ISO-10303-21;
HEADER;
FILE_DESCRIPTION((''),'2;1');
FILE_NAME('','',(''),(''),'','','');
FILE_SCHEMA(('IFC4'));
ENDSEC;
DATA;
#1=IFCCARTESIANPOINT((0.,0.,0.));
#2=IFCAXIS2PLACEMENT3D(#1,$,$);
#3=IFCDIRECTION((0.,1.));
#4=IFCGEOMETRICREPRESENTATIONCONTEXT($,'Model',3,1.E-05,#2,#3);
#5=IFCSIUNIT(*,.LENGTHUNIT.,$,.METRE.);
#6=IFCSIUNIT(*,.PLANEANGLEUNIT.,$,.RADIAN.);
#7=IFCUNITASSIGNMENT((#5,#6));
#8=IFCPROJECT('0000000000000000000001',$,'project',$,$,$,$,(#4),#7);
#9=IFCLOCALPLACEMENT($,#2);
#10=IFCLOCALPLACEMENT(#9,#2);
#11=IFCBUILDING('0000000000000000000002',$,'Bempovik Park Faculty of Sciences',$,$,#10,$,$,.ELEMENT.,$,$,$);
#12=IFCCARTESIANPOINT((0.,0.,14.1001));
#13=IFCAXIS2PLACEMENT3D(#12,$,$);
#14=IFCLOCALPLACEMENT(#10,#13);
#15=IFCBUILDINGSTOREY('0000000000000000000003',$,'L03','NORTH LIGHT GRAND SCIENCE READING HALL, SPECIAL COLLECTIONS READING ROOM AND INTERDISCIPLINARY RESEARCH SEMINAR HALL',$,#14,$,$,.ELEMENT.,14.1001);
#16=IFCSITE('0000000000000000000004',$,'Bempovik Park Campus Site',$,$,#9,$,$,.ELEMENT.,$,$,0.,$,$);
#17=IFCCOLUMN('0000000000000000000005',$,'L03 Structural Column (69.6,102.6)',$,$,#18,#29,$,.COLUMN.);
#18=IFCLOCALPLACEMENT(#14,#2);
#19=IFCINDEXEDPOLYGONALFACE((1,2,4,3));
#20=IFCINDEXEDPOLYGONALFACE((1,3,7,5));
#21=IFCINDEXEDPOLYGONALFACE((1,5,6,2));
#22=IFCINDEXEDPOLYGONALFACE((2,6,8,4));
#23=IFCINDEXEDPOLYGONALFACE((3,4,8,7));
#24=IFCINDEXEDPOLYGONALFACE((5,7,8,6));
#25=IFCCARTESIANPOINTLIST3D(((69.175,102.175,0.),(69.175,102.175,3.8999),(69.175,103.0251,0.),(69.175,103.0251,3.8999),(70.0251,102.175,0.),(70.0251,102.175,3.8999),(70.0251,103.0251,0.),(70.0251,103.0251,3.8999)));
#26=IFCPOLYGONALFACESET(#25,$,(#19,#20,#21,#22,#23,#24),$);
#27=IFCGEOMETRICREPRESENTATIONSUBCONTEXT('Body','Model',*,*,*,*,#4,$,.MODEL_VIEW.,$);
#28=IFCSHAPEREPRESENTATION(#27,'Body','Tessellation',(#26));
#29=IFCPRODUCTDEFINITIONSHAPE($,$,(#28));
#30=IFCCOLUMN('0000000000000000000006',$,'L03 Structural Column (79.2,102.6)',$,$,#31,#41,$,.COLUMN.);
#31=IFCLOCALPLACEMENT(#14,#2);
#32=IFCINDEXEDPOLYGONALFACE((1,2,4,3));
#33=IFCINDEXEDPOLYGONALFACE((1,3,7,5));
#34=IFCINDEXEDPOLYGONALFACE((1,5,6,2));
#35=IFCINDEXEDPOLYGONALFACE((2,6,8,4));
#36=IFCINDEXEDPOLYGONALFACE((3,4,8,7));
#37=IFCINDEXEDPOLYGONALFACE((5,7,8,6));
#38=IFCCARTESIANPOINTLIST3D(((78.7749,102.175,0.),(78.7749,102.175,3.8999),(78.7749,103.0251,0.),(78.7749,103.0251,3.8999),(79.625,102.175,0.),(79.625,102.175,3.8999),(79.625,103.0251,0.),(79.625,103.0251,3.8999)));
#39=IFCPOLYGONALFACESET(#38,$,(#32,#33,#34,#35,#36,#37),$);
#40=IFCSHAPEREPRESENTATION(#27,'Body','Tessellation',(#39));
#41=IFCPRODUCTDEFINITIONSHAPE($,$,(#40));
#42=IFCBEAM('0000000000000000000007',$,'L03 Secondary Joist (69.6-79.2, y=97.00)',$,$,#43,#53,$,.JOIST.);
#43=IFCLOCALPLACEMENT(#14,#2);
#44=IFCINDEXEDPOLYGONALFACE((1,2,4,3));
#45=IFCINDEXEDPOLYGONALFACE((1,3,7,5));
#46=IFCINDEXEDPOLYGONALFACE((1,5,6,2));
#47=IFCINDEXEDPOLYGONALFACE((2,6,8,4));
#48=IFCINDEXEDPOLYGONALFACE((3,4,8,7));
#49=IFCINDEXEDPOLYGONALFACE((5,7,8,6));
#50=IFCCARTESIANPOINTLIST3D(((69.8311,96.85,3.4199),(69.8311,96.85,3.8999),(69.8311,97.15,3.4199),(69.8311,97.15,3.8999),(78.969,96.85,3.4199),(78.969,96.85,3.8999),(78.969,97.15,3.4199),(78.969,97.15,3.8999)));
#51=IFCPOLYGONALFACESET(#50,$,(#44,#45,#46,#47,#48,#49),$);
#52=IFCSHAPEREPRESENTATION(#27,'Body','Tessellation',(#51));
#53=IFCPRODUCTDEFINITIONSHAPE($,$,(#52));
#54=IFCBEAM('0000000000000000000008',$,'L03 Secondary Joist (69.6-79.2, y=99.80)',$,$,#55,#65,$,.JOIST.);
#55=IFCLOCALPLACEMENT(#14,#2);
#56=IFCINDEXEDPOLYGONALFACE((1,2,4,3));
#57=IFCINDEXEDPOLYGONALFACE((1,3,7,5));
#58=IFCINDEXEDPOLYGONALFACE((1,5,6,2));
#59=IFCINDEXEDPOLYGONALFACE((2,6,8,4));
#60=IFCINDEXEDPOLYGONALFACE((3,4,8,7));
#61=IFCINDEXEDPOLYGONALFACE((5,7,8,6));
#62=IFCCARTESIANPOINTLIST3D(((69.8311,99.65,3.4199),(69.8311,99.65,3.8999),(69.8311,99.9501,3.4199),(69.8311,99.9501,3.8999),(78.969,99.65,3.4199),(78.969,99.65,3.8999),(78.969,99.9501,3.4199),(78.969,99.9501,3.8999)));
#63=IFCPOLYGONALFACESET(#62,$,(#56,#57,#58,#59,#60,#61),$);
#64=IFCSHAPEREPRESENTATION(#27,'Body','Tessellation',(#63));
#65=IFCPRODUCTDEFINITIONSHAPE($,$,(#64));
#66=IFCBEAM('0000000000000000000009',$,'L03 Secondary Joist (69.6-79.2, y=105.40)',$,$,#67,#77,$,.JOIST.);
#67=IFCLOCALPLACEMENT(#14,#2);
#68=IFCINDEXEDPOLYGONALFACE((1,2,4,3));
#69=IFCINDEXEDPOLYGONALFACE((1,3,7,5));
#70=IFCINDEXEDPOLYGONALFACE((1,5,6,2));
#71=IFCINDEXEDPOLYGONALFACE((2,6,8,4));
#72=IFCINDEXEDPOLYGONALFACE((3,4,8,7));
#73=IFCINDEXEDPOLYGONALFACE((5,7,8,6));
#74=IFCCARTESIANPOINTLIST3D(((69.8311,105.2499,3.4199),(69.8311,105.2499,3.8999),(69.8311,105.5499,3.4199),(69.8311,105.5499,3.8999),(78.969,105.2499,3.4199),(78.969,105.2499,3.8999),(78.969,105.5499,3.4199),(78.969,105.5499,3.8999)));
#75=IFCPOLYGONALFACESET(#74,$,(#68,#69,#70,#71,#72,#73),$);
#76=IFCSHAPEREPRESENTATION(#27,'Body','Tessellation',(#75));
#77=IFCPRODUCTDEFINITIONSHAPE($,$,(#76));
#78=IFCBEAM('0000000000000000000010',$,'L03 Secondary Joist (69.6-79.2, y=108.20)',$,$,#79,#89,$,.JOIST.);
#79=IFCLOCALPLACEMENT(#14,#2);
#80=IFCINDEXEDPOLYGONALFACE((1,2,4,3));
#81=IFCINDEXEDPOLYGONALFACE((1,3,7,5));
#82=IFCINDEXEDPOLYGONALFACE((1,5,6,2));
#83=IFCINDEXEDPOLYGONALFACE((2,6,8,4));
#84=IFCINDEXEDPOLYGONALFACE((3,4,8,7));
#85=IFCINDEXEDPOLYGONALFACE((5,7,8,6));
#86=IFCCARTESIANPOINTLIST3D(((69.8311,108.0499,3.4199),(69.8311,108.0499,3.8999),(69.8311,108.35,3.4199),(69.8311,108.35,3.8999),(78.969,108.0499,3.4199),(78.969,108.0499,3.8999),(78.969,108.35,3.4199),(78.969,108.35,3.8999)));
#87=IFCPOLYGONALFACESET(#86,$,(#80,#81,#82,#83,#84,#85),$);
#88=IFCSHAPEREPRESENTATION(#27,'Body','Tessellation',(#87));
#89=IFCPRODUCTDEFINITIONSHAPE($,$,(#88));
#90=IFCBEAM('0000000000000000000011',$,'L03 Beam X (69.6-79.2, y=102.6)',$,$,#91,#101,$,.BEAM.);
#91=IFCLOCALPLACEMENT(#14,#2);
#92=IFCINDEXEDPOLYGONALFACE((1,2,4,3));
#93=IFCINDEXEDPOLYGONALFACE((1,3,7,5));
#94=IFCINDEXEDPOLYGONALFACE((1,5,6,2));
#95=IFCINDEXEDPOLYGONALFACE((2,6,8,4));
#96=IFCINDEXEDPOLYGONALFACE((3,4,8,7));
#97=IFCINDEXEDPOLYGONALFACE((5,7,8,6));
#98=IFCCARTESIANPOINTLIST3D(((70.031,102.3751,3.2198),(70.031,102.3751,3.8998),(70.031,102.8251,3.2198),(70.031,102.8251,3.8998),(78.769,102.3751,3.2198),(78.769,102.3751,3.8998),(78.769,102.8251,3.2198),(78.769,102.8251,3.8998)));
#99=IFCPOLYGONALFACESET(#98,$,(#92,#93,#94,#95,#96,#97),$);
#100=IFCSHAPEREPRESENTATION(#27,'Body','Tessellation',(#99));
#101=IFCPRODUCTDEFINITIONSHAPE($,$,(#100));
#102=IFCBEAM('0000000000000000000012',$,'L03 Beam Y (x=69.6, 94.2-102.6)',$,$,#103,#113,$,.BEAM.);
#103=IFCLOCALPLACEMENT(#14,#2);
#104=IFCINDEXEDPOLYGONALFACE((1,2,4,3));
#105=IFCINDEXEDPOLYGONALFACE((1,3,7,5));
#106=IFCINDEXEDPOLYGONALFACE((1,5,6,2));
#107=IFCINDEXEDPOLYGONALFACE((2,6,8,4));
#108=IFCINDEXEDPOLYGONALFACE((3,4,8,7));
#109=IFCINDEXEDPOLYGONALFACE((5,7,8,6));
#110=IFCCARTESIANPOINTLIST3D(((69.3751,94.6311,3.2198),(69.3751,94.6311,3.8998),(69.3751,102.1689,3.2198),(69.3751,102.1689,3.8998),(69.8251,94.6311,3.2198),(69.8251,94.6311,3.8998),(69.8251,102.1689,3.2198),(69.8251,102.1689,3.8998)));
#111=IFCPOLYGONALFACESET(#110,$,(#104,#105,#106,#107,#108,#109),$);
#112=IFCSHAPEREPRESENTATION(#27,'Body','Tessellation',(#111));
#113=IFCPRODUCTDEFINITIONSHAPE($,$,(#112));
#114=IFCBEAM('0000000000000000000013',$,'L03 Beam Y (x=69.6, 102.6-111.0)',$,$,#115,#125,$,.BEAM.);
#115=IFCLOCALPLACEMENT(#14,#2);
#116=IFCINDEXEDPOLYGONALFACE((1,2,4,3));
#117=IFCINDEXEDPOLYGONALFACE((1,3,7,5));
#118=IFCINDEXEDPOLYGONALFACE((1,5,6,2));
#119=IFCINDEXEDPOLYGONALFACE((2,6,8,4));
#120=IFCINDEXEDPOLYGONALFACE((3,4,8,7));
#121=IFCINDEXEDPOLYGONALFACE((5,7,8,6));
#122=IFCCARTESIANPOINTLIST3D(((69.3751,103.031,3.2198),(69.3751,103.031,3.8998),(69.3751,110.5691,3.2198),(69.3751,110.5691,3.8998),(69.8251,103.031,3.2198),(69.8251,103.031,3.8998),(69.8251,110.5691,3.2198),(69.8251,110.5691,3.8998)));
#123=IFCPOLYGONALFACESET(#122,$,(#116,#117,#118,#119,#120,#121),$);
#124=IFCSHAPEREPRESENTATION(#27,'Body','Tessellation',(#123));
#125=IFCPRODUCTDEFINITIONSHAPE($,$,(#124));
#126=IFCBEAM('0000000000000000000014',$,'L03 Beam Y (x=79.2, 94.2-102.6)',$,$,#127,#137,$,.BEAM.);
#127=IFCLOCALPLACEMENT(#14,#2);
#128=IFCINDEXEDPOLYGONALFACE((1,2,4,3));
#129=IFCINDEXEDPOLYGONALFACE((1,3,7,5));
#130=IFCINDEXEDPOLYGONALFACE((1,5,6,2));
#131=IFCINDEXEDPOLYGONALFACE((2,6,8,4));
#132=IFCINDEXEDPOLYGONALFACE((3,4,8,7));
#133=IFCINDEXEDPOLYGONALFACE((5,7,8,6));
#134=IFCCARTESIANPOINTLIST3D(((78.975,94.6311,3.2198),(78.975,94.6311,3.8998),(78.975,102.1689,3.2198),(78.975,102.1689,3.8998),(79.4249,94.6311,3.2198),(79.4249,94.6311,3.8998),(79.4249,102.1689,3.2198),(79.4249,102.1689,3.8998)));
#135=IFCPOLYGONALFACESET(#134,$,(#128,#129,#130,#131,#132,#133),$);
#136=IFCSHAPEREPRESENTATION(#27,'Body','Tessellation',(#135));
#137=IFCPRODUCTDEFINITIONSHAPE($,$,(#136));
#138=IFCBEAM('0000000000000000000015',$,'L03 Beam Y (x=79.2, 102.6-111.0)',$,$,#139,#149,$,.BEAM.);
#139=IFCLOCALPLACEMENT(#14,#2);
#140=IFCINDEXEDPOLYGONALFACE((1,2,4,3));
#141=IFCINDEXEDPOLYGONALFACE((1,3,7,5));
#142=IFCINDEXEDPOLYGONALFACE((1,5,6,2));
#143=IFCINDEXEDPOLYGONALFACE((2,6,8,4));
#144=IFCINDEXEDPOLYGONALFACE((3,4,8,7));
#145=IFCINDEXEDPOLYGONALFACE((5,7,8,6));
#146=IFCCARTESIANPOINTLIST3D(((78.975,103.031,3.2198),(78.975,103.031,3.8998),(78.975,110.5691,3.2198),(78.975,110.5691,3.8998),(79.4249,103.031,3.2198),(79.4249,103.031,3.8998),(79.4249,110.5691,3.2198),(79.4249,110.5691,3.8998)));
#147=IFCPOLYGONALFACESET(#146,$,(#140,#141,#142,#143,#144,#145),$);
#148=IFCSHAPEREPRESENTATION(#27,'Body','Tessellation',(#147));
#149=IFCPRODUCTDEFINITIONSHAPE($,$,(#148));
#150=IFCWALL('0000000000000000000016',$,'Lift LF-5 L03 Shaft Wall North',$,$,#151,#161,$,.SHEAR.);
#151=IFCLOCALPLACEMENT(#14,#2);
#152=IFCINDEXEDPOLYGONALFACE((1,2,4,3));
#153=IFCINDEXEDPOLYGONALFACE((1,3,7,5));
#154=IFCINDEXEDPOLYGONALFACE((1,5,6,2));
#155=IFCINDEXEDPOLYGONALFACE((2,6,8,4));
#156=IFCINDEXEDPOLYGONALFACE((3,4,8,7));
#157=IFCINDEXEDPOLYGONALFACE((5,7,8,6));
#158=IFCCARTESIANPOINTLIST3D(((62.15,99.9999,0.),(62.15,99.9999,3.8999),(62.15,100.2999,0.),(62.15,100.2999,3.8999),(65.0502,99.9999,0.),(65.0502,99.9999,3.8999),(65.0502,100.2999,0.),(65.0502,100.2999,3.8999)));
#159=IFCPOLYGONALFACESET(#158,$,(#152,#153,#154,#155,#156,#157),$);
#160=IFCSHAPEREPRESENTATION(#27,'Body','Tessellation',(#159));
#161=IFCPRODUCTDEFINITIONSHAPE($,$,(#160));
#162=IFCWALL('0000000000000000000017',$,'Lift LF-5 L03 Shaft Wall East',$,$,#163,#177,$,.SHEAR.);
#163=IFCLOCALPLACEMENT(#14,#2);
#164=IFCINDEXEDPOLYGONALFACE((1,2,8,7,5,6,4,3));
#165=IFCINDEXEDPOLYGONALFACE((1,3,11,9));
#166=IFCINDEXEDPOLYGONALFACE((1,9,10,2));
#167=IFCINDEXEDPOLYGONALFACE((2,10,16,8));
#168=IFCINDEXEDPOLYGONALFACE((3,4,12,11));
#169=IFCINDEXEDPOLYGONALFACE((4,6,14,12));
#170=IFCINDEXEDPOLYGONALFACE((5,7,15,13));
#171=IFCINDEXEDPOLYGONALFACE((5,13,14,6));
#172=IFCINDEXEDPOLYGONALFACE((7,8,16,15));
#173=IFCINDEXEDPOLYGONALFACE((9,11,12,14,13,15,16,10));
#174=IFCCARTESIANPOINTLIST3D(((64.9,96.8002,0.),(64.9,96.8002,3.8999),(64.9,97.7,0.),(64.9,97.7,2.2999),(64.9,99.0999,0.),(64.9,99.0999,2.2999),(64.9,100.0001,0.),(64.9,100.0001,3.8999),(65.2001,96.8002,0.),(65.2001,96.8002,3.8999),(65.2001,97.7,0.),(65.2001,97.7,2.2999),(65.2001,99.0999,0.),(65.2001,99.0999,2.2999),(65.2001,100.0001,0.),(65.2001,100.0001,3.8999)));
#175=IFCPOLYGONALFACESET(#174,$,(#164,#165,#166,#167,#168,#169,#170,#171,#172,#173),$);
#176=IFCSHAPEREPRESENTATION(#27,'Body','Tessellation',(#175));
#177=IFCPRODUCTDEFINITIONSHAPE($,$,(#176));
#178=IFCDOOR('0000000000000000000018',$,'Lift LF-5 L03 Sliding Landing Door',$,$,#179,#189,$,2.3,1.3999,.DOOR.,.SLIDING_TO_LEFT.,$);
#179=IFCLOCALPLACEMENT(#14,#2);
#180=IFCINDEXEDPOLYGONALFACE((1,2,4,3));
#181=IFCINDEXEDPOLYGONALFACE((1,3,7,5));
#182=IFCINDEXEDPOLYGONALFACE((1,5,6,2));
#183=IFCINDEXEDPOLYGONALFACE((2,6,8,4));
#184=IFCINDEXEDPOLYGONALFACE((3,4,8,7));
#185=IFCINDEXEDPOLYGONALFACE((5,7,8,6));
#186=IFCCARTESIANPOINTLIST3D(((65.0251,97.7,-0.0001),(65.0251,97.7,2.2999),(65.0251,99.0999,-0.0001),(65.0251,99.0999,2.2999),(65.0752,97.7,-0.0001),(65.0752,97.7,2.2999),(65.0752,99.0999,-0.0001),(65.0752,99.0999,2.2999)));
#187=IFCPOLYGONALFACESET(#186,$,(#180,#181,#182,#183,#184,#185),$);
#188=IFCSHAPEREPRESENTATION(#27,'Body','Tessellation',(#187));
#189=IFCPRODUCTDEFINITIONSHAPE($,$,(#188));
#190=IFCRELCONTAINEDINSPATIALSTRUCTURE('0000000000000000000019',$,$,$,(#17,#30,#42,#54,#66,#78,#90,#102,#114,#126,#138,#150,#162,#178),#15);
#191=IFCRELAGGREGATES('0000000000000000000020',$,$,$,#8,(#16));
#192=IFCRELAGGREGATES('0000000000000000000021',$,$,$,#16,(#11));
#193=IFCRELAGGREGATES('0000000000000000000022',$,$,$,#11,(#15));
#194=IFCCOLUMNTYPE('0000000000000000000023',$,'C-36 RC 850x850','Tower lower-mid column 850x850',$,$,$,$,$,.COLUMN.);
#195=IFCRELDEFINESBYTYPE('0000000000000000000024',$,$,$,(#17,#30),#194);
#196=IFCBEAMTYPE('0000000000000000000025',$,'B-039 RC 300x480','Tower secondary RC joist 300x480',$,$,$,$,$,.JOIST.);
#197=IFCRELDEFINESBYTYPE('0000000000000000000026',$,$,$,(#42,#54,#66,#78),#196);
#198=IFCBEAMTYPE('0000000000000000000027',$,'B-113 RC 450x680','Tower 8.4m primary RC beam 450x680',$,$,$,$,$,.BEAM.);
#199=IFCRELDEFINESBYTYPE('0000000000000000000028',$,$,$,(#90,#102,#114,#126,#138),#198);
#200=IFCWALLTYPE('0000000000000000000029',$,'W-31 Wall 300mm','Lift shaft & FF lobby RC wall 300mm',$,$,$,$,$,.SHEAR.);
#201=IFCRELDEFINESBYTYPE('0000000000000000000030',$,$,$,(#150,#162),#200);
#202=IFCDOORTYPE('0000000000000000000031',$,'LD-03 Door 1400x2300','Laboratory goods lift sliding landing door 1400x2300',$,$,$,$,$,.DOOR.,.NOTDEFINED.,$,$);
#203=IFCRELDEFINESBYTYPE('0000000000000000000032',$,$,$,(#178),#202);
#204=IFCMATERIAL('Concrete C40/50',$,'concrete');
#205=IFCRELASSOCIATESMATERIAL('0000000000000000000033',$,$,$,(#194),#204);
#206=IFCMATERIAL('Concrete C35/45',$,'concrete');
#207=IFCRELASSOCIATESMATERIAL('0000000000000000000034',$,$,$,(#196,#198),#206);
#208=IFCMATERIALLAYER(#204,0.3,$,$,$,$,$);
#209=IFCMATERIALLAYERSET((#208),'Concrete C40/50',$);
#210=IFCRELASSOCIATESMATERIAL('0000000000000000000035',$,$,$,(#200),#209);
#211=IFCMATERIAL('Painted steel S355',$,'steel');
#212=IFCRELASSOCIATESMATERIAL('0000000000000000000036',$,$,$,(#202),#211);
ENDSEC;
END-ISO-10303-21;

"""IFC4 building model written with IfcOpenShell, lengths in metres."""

from ifc_helpers import new_model, si_unit, direction, frame, frame_2d, origin, origin_2d, place, context, subcontext, project, spatial, rectangle, extrude, material, layer, layer_set, material_profile, profile_set, type_object, element, fill, save


model = new_model("IFC4")

# Units and contexts
model_context = context("Model", 3, precision=1e-05, world=origin(), true_north=direction((0.0, 1.0)))
body_context = subcontext(model_context, "Body", "Model", "MODEL_VIEW")
ifc_project = project(units=[si_unit("LENGTHUNIT", "METRE"), si_unit("PLANEANGLEUNIT", "RADIAN")], contexts=[model_context])

# Site, building, storey
site_placement = place(None, origin())
site = spatial("IfcSite", under=ifc_project, at=site_placement, Name="Bempovik Park Campus Site", CompositionType="ELEMENT", RefElevation=0.0)
building_placement = place(site_placement, origin())
building = spatial("IfcBuilding", under=site, at=building_placement, Name="Bempovik Park Faculty of Sciences", CompositionType="ELEMENT")
storey_placement = place(building_placement, frame((0.0, 0.0, 14.1001)))
storey = spatial("IfcBuildingStorey", under=building, at=storey_placement, Name="L03", Description="NORTH LIGHT GRAND SCIENCE READING HALL, SPECIAL COLLECTIONS READING ROOM AND INTERDISCIPLINARY RESEARCH SEMINAR HALL", CompositionType="ELEMENT", Elevation=14.1001)

# Columns
ifc_material_1 = material(Name="Concrete C40/50", Category="concrete")
ifc_material_profile_1 = material_profile(ifc_material_1, rectangle(XDim=0.8501, YDim=0.8501, at=origin_2d()), Name="RC 850x850")
ifc_profile_set_1 = profile_set([ifc_material_profile_1], Name="Concrete C40/50")
column_type = type_object("IfcColumnType", Name="C-36 RC 850x850", Description="Tower lower-mid column 850x850", PredefinedType="COLUMN", material=ifc_profile_set_1)
for number, where, z_axis, x_axis, name in (
    (1, (69.6001, 102.6001, 0.0), (0.0, 0.0, 1.0), (1.0, 0.0, 0.0), "L03 Structural Column (69.6,102.6)"),
    (2, (79.2, 102.6001, 0.0), (0.0, 0.0, 1.0), (1.0, 0.0, 0.0), "L03 Structural Column (79.2,102.6)"),
):
    element("IfcColumn", number, at=place(storey_placement, frame(where, z_axis=z_axis, x_axis=x_axis)), inside=storey, type_object=column_type, Name=name, PredefinedType="COLUMN", context=body_context, shape_type="SweptSolid", body=[
        extrude(rectangle(XDim=0.8501, YDim=0.8501, at=origin_2d()), origin(), (0.0, 0.0, 1.0), 3.8999),
    ])

# Beams
ifc_material_2 = material(Name="Concrete C35/45", Category="concrete")
ifc_material_profile_2 = material_profile(ifc_material_2, rectangle(XDim=0.3, YDim=0.48, at=origin_2d()), Name="RC 300x480")
ifc_profile_set_2 = profile_set([ifc_material_profile_2], Name="Concrete C35/45")
beam_type_1 = type_object("IfcBeamType", Name="B-039 RC 300x480", Description="Tower secondary RC joist 300x480", PredefinedType="JOIST", material=ifc_profile_set_2)
for number, where, z_axis, x_axis, name in (
    (3, (69.8311, 97.0, 3.6599), (1.0, 0.0, 0.0), (0.0, 1.0, 0.0), "L03 Secondary Joist (69.6-79.2, y=97.00)"),
    (4, (69.8311, 99.8, 3.6599), (1.0, 0.0, 0.0), (0.0, 1.0, 0.0), "L03 Secondary Joist (69.6-79.2, y=99.80)"),
    (5, (69.8311, 105.3999, 3.6599), (1.0, 0.0, 0.0), (0.0, 1.0, 0.0), "L03 Secondary Joist (69.6-79.2, y=105.40)"),
    (6, (69.8311, 108.2, 3.6599), (1.0, 0.0, 0.0), (0.0, 1.0, 0.0), "L03 Secondary Joist (69.6-79.2, y=108.20)"),
):
    element("IfcBeam", number, at=place(storey_placement, frame(where, z_axis=z_axis, x_axis=x_axis)), inside=storey, type_object=beam_type_1, Name=name, PredefinedType="JOIST", context=body_context, shape_type="SweptSolid", body=[
        extrude(rectangle(XDim=0.3, YDim=0.48, at=origin_2d()), origin(), (0.0, 0.0, 1.0), 9.1379),
    ])
ifc_material_profile_3 = material_profile(ifc_material_2, rectangle(XDim=0.45, YDim=0.6799, at=origin_2d()), Name="RC 450x680")
ifc_profile_set_3 = profile_set([ifc_material_profile_3], Name="Concrete C35/45")
beam_type_2 = type_object("IfcBeamType", Name="B-113 RC 450x680", Description="Tower 8.4m primary RC beam 450x680", PredefinedType="BEAM", material=ifc_profile_set_3)
beam_1_placement = place(storey_placement, frame((70.031, 102.6001, 3.5598), z_axis=(1.0, 0.0, 0.0), x_axis=(0.0, 1.0, 0.0)))
element("IfcBeam", 7, at=beam_1_placement, inside=storey, type_object=beam_type_2, Name="L03 Beam X (69.6-79.2, y=102.6)", PredefinedType="BEAM", context=body_context, shape_type="SweptSolid", body=[
    extrude(rectangle(XDim=0.45, YDim=0.6799, at=origin_2d()), origin(), (0.0, 0.0, 1.0), 8.738),
])
beam_2_placement = place(storey_placement, frame((69.6001, 94.6311, 3.5598), z_axis=(0.0, 1.0, 0.0), x_axis=(-1.0, 0.0, 0.0)))
element("IfcBeam", 8, at=beam_2_placement, inside=storey, type_object=beam_type_2, Name="L03 Beam Y (x=69.6, 94.2-102.6)", PredefinedType="BEAM", context=body_context, shape_type="SweptSolid", body=[
    extrude(rectangle(XDim=0.45, YDim=0.6799, at=origin_2d()), origin(), (0.0, 0.0, 1.0), 7.5378),
])
beam_3_placement = place(storey_placement, frame((69.6001, 103.031, 3.5598), z_axis=(0.0, 1.0, 0.0), x_axis=(-1.0, 0.0, 0.0)))
element("IfcBeam", 9, at=beam_3_placement, inside=storey, type_object=beam_type_2, Name="L03 Beam Y (x=69.6, 102.6-111.0)", PredefinedType="BEAM", context=body_context, shape_type="SweptSolid", body=[
    extrude(rectangle(XDim=0.45, YDim=0.6799, at=origin_2d()), origin(), (0.0, 0.0, 1.0), 7.5381),
])
beam_4_placement = place(storey_placement, frame((79.2, 94.6311, 3.5598), z_axis=(0.0, 1.0, 0.0), x_axis=(-1.0, 0.0, 0.0)))
element("IfcBeam", 10, at=beam_4_placement, inside=storey, type_object=beam_type_2, Name="L03 Beam Y (x=79.2, 94.2-102.6)", PredefinedType="BEAM", context=body_context, shape_type="SweptSolid", body=[
    extrude(rectangle(XDim=0.45, YDim=0.6799, at=origin_2d()), origin(), (0.0, 0.0, 1.0), 7.5378),
])
beam_5_placement = place(storey_placement, frame((79.2, 103.031, 3.5598), z_axis=(0.0, 1.0, 0.0), x_axis=(-1.0, 0.0, 0.0)))
element("IfcBeam", 11, at=beam_5_placement, inside=storey, type_object=beam_type_2, Name="L03 Beam Y (x=79.2, 102.6-111.0)", PredefinedType="BEAM", context=body_context, shape_type="SweptSolid", body=[
    extrude(rectangle(XDim=0.45, YDim=0.6799, at=origin_2d()), origin(), (0.0, 0.0, 1.0), 7.5381),
])

# Wall
ifc_layer_1 = layer(ifc_material_1, 0.3)
ifc_layer_set_1 = layer_set([ifc_layer_1], Name="Concrete C40/50")
wall_type_1 = type_object("IfcWallType", Name="W-31 Wall 300mm", Description="Lift shaft & FF lobby RC wall 300mm", PredefinedType="SHEAR", material=ifc_layer_set_1)
wall_1_placement = place(storey_placement, frame((62.1499, 100.1499, 0.0), z_axis=(0.0, 0.0, 1.0), x_axis=(1.0, 0.0, 0.0)))
element("IfcWall", 12, at=wall_1_placement, inside=storey, type_object=wall_type_1, Name="Lift LF-5 L03 Shaft Wall North", PredefinedType="SHEAR", context=body_context, shape_type="SweptSolid", body=[
    extrude(rectangle(XDim=2.9001, YDim=0.3, at=frame_2d((1.4502, 0.0))), origin(), (0.0, 0.0, 1.0), 3.8999),
])

# Wall, opening, door
wall_2_placement = place(storey_placement, frame((65.05, 96.8, 0.0), z_axis=(0.0, 0.0, 1.0), x_axis=(0.0, 1.0, 0.0)))
wall_2 = element("IfcWall", 13, at=wall_2_placement, inside=storey, type_object=wall_type_1, Name="Lift LF-5 L03 Shaft Wall East", PredefinedType="SHEAR", context=body_context, shape_type="SweptSolid", body=[
    extrude(rectangle(XDim=3.2, YDim=0.3, at=frame_2d((1.6001, 0.0))), origin(), (0.0, 0.0, 1.0), 3.8999),
])
opening_1_placement = place(wall_2_placement, frame((0.8999, 0.0, 0.0)))
opening_1 = element("IfcOpeningElement", 14, at=opening_1_placement, cuts=wall_2, PredefinedType="OPENING", context=body_context, shape_type="SweptSolid", body=[
    extrude(rectangle(XDim=1.3999, YDim=2.3, at=frame_2d((0.7, 1.1499))), frame((0.0, 0.1602, 0.0), z_axis=(0.0, -1.0, 0.0), x_axis=(1.0, 0.0, 0.0)), (0.0, 0.0, 1.0), 0.3201),
])
ifc_material_3 = material(Name="Painted steel S355", Category="steel")
door_type_1 = type_object("IfcDoorType", Name="LD-03 Door 1400x2300", Description="Laboratory goods lift sliding landing door 1400x2300", OperationType="NOTDEFINED", PredefinedType="DOOR", material=ifc_material_3)
door_1_placement = place(opening_1_placement, origin())
door_1 = element("IfcDoor", 15, at=door_1_placement, inside=storey, type_object=door_type_1, Name="Lift LF-5 L03 Sliding Landing Door", OperationType="SLIDING_TO_LEFT", OverallHeight=2.3, OverallWidth=1.3999, PredefinedType="DOOR", context=body_context, shape_type="SweptSolid", body=[
    extrude(rectangle(XDim=1.3999, YDim=2.3, at=frame_2d((0.7, 1.1499))), frame((0.0, 0.0249, 0.0), z_axis=(0.0, -1.0, 0.0), x_axis=(1.0, 0.0, 0.0)), (0.0, 0.0, 1.0), 0.05),
])
fill(opening_1, door_1)

save(model, "model.ifc")
